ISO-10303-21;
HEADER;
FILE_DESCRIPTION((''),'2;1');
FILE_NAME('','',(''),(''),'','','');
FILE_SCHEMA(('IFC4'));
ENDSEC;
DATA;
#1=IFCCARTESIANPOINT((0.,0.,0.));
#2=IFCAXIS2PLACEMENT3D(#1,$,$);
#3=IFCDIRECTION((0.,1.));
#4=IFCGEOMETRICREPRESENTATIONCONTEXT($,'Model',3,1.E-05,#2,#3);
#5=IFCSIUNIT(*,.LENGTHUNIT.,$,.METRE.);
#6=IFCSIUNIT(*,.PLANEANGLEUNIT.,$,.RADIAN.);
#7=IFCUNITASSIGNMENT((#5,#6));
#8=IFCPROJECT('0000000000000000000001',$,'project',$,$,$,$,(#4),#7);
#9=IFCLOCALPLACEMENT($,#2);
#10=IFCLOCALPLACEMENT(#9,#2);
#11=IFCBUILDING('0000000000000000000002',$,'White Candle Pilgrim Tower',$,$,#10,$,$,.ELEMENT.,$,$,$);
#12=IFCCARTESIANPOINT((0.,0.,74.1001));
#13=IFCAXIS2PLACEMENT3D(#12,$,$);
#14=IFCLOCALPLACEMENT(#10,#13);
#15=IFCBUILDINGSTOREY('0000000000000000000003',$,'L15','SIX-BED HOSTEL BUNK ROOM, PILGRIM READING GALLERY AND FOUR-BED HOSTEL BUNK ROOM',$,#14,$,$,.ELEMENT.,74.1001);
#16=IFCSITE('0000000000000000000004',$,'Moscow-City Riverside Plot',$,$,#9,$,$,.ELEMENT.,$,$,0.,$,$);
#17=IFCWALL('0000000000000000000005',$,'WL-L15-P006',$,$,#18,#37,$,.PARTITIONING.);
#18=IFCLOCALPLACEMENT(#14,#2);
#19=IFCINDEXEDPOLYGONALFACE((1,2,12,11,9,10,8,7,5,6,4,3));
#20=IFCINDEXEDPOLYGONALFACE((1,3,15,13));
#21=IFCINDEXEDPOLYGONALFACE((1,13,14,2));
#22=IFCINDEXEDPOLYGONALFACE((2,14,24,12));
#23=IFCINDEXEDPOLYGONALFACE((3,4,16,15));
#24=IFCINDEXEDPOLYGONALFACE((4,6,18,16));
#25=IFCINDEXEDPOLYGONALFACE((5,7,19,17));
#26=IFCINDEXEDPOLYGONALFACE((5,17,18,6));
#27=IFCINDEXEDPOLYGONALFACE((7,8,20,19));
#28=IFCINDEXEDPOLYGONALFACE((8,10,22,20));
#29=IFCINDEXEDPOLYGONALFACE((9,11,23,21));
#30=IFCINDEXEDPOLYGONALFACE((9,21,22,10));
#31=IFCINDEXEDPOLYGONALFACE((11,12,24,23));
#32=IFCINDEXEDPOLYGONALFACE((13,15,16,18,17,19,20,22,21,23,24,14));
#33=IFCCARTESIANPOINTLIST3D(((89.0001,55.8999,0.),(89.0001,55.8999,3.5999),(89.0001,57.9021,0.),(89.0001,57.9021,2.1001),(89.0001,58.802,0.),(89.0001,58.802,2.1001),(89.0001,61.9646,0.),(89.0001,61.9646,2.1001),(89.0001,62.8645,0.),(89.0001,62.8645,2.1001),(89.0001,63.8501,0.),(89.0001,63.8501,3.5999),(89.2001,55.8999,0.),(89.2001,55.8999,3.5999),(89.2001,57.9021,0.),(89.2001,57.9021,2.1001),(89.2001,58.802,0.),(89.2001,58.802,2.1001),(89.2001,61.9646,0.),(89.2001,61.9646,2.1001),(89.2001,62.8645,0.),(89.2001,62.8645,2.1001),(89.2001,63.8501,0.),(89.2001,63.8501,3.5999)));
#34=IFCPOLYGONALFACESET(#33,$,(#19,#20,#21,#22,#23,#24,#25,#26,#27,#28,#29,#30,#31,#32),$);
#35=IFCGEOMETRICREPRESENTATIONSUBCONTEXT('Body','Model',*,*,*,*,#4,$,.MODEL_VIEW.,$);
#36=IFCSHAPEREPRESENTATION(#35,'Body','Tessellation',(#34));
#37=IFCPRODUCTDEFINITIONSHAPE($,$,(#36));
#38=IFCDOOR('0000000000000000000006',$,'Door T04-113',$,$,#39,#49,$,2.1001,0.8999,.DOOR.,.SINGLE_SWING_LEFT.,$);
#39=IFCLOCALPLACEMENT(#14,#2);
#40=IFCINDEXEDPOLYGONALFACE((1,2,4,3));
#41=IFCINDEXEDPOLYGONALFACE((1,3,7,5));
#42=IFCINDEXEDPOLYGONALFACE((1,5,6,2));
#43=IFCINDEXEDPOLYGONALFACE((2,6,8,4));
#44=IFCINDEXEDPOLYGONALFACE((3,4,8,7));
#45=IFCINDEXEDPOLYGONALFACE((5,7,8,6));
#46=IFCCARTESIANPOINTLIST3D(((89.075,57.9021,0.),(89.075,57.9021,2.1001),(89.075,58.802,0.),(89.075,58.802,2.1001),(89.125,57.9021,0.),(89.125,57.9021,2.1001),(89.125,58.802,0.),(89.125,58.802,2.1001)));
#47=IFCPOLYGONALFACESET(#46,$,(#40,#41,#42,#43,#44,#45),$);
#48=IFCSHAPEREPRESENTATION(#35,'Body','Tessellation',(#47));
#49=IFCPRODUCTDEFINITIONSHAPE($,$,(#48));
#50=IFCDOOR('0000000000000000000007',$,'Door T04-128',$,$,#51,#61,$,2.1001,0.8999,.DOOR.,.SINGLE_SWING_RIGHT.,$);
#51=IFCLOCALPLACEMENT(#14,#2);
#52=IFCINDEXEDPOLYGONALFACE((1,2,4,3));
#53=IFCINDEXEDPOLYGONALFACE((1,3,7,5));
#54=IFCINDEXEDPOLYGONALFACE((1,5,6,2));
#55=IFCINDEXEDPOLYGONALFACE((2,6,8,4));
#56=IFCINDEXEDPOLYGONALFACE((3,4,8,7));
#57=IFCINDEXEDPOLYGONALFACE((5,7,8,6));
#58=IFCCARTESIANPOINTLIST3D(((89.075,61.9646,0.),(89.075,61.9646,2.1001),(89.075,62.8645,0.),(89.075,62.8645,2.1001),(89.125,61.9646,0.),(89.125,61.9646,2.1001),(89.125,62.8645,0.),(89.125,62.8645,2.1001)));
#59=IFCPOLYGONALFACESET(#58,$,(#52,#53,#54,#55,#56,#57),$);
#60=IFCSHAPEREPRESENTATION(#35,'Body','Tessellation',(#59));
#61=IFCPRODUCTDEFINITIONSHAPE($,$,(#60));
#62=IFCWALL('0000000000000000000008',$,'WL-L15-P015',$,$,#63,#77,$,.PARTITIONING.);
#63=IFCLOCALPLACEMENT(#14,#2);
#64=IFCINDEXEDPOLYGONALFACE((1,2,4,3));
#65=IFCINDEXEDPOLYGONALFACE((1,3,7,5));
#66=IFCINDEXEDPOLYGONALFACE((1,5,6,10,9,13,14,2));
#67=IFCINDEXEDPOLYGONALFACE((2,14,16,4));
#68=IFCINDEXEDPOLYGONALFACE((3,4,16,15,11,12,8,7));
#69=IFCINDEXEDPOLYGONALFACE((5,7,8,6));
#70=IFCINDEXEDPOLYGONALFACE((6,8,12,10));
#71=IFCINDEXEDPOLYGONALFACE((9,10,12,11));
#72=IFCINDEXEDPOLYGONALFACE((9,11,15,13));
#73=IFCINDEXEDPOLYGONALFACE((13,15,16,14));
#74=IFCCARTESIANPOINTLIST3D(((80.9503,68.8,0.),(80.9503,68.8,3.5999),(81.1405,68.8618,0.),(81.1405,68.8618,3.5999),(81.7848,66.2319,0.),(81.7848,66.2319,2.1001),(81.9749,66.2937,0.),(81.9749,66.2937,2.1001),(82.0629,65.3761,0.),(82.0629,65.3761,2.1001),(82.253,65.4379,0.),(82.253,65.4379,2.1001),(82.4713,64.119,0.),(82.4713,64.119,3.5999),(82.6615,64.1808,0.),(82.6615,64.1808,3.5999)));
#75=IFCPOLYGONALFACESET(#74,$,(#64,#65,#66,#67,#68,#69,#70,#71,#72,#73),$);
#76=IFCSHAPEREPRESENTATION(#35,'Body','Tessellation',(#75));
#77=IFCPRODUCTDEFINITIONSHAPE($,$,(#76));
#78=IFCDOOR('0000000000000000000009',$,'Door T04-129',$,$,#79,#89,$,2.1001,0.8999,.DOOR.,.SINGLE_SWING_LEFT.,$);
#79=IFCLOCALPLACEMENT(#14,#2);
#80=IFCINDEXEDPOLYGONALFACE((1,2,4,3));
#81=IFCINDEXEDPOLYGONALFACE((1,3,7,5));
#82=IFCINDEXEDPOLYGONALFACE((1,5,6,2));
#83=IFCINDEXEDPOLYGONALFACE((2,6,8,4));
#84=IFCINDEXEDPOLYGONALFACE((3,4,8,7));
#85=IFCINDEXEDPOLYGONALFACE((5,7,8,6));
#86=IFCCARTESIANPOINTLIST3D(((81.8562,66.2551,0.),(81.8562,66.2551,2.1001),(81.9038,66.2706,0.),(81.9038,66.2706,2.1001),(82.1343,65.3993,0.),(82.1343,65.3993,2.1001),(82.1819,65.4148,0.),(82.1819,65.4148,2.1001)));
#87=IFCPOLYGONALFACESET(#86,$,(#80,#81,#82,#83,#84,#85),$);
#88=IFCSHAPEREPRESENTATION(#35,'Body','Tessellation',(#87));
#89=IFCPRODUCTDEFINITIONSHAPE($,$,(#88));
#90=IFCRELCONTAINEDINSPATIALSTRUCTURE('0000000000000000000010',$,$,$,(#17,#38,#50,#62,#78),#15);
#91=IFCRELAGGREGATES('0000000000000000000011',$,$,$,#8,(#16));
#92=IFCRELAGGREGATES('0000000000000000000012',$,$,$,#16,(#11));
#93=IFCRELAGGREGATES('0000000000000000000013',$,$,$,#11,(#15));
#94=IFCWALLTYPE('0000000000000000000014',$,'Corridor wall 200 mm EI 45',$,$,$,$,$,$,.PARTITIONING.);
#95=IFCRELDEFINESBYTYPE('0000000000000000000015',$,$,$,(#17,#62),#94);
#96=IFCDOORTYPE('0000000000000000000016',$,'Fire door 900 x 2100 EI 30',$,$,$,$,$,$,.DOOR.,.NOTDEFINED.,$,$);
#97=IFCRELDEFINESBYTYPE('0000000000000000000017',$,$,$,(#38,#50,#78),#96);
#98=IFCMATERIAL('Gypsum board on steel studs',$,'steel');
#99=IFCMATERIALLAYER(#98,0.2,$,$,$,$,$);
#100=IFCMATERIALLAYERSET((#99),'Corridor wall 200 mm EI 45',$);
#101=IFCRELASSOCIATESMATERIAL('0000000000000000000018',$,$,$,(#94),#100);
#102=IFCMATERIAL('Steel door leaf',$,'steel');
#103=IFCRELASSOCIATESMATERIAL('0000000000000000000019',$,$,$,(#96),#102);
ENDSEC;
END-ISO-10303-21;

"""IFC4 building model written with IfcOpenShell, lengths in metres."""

from ifc_helpers import new_model, si_unit, direction, frame, frame_2d, origin, place, context, subcontext, project, spatial, rectangle, extrude, material, layer, layer_set, type_object, element, fill, save


model = new_model("IFC4")

# Units and contexts
model_context = context("Model", 3, precision=1e-05, world=origin(), true_north=direction((0.0, 1.0)))
body_context = subcontext(model_context, "Body", "Model", "MODEL_VIEW")
ifc_project = project(units=[si_unit("LENGTHUNIT", "METRE"), si_unit("PLANEANGLEUNIT", "RADIAN")], contexts=[model_context])

# Site, building, storey
site_placement = place(None, origin())
site = spatial("IfcSite", under=ifc_project, at=site_placement, Name="Moscow-City Riverside Plot", CompositionType="ELEMENT", RefElevation=0.0)
building_placement = place(site_placement, origin())
building = spatial("IfcBuilding", under=site, at=building_placement, Name="White Candle Pilgrim Tower", CompositionType="ELEMENT")
storey_placement = place(building_placement, frame((0.0, 0.0, 74.1001)))
storey = spatial("IfcBuildingStorey", under=building, at=storey_placement, Name="L15", Description="SIX-BED HOSTEL BUNK ROOM, PILGRIM READING GALLERY AND FOUR-BED HOSTEL BUNK ROOM", CompositionType="ELEMENT", Elevation=74.1001)

# Wall, openings, doors
ifc_material_1 = material(Name="Gypsum board on steel studs", Category="steel")
ifc_layer_1 = layer(ifc_material_1, 0.2)
ifc_layer_set_1 = layer_set([ifc_layer_1], Name="Corridor wall 200 mm EI 45")
wall_type_1 = type_object("IfcWallType", Name="Corridor wall 200 mm EI 45", PredefinedType="PARTITIONING", material=ifc_layer_set_1)
wall_1_placement = place(storey_placement, frame((89.1001, 63.8501, 0.0), z_axis=(0.0, 0.0, 1.0), x_axis=(0.0, -1.0, 0.0)))
wall_1 = element("IfcWall", 1, at=wall_1_placement, inside=storey, type_object=wall_type_1, Name="WL-L15-P006", PredefinedType="PARTITIONING", context=body_context, shape_type="SweptSolid", body=[
    extrude(rectangle(XDim=7.9502, YDim=0.2, at=frame_2d((3.9751, 0.0))), origin(), (0.0, 0.0, 1.0), 3.5999),
])
opening_1_placement = place(wall_1_placement, frame((5.0481, 0.0, 0.0)))
opening_1 = element("IfcOpeningElement", 2, at=opening_1_placement, cuts=wall_1, PredefinedType="OPENING", context=body_context, shape_type="SweptSolid", body=[
    extrude(rectangle(XDim=0.8999, YDim=2.1001, at=frame_2d((0.45, 1.05))), frame((0.0, 0.1099, 0.0), z_axis=(0.0, -1.0, 0.0), x_axis=(1.0, 0.0, 0.0)), (0.0, 0.0, 1.0), 0.22),
])
opening_2_placement = place(wall_1_placement, frame((0.9856, 0.0, 0.0)))
opening_2 = element("IfcOpeningElement", 3, at=opening_2_placement, cuts=wall_1, PredefinedType="OPENING", context=body_context, shape_type="SweptSolid", body=[
    extrude(rectangle(XDim=0.8999, YDim=2.1001, at=frame_2d((0.45, 1.05))), frame((0.0, 0.1099, 0.0), z_axis=(0.0, -1.0, 0.0), x_axis=(1.0, 0.0, 0.0)), (0.0, 0.0, 1.0), 0.22),
])
ifc_material_2 = material(Name="Steel door leaf", Category="steel")
door_type_1 = type_object("IfcDoorType", Name="Fire door 900 x 2100 EI 30", OperationType="NOTDEFINED", PredefinedType="DOOR", material=ifc_material_2)
door_1_placement = place(opening_1_placement, origin())
door_1 = element("IfcDoor", 4, at=door_1_placement, inside=storey, type_object=door_type_1, Name="Door T04-113", OperationType="SINGLE_SWING_LEFT", OverallHeight=2.1001, OverallWidth=0.8999, PredefinedType="DOOR", context=body_context, shape_type="SweptSolid", body=[
    extrude(rectangle(XDim=0.8999, YDim=2.1001, at=frame_2d((0.45, 1.05))), frame((0.0, 0.0249, 0.0), z_axis=(0.0, -1.0, 0.0), x_axis=(1.0, 0.0, 0.0)), (0.0, 0.0, 1.0), 0.05),
])
fill(opening_1, door_1)
door_2_placement = place(opening_2_placement, origin())
door_2 = element("IfcDoor", 5, at=door_2_placement, inside=storey, type_object=door_type_1, Name="Door T04-128", OperationType="SINGLE_SWING_RIGHT", OverallHeight=2.1001, OverallWidth=0.8999, PredefinedType="DOOR", context=body_context, shape_type="SweptSolid", body=[
    extrude(rectangle(XDim=0.8999, YDim=2.1001, at=frame_2d((0.45, 1.05))), frame((0.0, 0.0249, 0.0), z_axis=(0.0, -1.0, 0.0), x_axis=(1.0, 0.0, 0.0)), (0.0, 0.0, 1.0), 0.05),
])
fill(opening_2, door_2)

# Wall, opening, door
wall_2_placement = place(storey_placement, frame((82.5664, 64.1499, 0.0), z_axis=(0.0, 0.0, 1.0), x_axis=(-0.309031, 0.951052, 0.0)))
wall_2 = element("IfcWall", 6, at=wall_2_placement, inside=storey, type_object=wall_type_1, Name="WL-L15-P015", PredefinedType="PARTITIONING", context=body_context, shape_type="SweptSolid", body=[
    extrude(rectangle(XDim=4.9219, YDim=0.2, at=frame_2d((2.4609, 0.0))), origin(), (0.0, 0.0, 1.0), 3.5999),
])
opening_3_placement = place(wall_2_placement, frame((1.3218, 0.0, 0.0)))
opening_3 = element("IfcOpeningElement", 7, at=opening_3_placement, cuts=wall_2, PredefinedType="OPENING", context=body_context, shape_type="SweptSolid", body=[
    extrude(rectangle(XDim=0.8999, YDim=2.1001, at=frame_2d((0.45, 1.05))), frame((0.0, 0.1099, 0.0), z_axis=(0.0, -1.0, 0.0), x_axis=(1.0, 0.0, 0.0)), (0.0, 0.0, 1.0), 0.22),
])
door_3_placement = place(opening_3_placement, origin())
door_3 = element("IfcDoor", 8, at=door_3_placement, inside=storey, type_object=door_type_1, Name="Door T04-129", OperationType="SINGLE_SWING_LEFT", OverallHeight=2.1001, OverallWidth=0.8999, PredefinedType="DOOR", context=body_context, shape_type="SweptSolid", body=[
    extrude(rectangle(XDim=0.8999, YDim=2.1001, at=frame_2d((0.45, 1.05))), frame((0.0, 0.0249, 0.0), z_axis=(0.0, -1.0, 0.0), x_axis=(1.0, 0.0, 0.0)), (0.0, 0.0, 1.0), 0.05),
])
fill(opening_3, door_3)

save(model, "model.ifc")
